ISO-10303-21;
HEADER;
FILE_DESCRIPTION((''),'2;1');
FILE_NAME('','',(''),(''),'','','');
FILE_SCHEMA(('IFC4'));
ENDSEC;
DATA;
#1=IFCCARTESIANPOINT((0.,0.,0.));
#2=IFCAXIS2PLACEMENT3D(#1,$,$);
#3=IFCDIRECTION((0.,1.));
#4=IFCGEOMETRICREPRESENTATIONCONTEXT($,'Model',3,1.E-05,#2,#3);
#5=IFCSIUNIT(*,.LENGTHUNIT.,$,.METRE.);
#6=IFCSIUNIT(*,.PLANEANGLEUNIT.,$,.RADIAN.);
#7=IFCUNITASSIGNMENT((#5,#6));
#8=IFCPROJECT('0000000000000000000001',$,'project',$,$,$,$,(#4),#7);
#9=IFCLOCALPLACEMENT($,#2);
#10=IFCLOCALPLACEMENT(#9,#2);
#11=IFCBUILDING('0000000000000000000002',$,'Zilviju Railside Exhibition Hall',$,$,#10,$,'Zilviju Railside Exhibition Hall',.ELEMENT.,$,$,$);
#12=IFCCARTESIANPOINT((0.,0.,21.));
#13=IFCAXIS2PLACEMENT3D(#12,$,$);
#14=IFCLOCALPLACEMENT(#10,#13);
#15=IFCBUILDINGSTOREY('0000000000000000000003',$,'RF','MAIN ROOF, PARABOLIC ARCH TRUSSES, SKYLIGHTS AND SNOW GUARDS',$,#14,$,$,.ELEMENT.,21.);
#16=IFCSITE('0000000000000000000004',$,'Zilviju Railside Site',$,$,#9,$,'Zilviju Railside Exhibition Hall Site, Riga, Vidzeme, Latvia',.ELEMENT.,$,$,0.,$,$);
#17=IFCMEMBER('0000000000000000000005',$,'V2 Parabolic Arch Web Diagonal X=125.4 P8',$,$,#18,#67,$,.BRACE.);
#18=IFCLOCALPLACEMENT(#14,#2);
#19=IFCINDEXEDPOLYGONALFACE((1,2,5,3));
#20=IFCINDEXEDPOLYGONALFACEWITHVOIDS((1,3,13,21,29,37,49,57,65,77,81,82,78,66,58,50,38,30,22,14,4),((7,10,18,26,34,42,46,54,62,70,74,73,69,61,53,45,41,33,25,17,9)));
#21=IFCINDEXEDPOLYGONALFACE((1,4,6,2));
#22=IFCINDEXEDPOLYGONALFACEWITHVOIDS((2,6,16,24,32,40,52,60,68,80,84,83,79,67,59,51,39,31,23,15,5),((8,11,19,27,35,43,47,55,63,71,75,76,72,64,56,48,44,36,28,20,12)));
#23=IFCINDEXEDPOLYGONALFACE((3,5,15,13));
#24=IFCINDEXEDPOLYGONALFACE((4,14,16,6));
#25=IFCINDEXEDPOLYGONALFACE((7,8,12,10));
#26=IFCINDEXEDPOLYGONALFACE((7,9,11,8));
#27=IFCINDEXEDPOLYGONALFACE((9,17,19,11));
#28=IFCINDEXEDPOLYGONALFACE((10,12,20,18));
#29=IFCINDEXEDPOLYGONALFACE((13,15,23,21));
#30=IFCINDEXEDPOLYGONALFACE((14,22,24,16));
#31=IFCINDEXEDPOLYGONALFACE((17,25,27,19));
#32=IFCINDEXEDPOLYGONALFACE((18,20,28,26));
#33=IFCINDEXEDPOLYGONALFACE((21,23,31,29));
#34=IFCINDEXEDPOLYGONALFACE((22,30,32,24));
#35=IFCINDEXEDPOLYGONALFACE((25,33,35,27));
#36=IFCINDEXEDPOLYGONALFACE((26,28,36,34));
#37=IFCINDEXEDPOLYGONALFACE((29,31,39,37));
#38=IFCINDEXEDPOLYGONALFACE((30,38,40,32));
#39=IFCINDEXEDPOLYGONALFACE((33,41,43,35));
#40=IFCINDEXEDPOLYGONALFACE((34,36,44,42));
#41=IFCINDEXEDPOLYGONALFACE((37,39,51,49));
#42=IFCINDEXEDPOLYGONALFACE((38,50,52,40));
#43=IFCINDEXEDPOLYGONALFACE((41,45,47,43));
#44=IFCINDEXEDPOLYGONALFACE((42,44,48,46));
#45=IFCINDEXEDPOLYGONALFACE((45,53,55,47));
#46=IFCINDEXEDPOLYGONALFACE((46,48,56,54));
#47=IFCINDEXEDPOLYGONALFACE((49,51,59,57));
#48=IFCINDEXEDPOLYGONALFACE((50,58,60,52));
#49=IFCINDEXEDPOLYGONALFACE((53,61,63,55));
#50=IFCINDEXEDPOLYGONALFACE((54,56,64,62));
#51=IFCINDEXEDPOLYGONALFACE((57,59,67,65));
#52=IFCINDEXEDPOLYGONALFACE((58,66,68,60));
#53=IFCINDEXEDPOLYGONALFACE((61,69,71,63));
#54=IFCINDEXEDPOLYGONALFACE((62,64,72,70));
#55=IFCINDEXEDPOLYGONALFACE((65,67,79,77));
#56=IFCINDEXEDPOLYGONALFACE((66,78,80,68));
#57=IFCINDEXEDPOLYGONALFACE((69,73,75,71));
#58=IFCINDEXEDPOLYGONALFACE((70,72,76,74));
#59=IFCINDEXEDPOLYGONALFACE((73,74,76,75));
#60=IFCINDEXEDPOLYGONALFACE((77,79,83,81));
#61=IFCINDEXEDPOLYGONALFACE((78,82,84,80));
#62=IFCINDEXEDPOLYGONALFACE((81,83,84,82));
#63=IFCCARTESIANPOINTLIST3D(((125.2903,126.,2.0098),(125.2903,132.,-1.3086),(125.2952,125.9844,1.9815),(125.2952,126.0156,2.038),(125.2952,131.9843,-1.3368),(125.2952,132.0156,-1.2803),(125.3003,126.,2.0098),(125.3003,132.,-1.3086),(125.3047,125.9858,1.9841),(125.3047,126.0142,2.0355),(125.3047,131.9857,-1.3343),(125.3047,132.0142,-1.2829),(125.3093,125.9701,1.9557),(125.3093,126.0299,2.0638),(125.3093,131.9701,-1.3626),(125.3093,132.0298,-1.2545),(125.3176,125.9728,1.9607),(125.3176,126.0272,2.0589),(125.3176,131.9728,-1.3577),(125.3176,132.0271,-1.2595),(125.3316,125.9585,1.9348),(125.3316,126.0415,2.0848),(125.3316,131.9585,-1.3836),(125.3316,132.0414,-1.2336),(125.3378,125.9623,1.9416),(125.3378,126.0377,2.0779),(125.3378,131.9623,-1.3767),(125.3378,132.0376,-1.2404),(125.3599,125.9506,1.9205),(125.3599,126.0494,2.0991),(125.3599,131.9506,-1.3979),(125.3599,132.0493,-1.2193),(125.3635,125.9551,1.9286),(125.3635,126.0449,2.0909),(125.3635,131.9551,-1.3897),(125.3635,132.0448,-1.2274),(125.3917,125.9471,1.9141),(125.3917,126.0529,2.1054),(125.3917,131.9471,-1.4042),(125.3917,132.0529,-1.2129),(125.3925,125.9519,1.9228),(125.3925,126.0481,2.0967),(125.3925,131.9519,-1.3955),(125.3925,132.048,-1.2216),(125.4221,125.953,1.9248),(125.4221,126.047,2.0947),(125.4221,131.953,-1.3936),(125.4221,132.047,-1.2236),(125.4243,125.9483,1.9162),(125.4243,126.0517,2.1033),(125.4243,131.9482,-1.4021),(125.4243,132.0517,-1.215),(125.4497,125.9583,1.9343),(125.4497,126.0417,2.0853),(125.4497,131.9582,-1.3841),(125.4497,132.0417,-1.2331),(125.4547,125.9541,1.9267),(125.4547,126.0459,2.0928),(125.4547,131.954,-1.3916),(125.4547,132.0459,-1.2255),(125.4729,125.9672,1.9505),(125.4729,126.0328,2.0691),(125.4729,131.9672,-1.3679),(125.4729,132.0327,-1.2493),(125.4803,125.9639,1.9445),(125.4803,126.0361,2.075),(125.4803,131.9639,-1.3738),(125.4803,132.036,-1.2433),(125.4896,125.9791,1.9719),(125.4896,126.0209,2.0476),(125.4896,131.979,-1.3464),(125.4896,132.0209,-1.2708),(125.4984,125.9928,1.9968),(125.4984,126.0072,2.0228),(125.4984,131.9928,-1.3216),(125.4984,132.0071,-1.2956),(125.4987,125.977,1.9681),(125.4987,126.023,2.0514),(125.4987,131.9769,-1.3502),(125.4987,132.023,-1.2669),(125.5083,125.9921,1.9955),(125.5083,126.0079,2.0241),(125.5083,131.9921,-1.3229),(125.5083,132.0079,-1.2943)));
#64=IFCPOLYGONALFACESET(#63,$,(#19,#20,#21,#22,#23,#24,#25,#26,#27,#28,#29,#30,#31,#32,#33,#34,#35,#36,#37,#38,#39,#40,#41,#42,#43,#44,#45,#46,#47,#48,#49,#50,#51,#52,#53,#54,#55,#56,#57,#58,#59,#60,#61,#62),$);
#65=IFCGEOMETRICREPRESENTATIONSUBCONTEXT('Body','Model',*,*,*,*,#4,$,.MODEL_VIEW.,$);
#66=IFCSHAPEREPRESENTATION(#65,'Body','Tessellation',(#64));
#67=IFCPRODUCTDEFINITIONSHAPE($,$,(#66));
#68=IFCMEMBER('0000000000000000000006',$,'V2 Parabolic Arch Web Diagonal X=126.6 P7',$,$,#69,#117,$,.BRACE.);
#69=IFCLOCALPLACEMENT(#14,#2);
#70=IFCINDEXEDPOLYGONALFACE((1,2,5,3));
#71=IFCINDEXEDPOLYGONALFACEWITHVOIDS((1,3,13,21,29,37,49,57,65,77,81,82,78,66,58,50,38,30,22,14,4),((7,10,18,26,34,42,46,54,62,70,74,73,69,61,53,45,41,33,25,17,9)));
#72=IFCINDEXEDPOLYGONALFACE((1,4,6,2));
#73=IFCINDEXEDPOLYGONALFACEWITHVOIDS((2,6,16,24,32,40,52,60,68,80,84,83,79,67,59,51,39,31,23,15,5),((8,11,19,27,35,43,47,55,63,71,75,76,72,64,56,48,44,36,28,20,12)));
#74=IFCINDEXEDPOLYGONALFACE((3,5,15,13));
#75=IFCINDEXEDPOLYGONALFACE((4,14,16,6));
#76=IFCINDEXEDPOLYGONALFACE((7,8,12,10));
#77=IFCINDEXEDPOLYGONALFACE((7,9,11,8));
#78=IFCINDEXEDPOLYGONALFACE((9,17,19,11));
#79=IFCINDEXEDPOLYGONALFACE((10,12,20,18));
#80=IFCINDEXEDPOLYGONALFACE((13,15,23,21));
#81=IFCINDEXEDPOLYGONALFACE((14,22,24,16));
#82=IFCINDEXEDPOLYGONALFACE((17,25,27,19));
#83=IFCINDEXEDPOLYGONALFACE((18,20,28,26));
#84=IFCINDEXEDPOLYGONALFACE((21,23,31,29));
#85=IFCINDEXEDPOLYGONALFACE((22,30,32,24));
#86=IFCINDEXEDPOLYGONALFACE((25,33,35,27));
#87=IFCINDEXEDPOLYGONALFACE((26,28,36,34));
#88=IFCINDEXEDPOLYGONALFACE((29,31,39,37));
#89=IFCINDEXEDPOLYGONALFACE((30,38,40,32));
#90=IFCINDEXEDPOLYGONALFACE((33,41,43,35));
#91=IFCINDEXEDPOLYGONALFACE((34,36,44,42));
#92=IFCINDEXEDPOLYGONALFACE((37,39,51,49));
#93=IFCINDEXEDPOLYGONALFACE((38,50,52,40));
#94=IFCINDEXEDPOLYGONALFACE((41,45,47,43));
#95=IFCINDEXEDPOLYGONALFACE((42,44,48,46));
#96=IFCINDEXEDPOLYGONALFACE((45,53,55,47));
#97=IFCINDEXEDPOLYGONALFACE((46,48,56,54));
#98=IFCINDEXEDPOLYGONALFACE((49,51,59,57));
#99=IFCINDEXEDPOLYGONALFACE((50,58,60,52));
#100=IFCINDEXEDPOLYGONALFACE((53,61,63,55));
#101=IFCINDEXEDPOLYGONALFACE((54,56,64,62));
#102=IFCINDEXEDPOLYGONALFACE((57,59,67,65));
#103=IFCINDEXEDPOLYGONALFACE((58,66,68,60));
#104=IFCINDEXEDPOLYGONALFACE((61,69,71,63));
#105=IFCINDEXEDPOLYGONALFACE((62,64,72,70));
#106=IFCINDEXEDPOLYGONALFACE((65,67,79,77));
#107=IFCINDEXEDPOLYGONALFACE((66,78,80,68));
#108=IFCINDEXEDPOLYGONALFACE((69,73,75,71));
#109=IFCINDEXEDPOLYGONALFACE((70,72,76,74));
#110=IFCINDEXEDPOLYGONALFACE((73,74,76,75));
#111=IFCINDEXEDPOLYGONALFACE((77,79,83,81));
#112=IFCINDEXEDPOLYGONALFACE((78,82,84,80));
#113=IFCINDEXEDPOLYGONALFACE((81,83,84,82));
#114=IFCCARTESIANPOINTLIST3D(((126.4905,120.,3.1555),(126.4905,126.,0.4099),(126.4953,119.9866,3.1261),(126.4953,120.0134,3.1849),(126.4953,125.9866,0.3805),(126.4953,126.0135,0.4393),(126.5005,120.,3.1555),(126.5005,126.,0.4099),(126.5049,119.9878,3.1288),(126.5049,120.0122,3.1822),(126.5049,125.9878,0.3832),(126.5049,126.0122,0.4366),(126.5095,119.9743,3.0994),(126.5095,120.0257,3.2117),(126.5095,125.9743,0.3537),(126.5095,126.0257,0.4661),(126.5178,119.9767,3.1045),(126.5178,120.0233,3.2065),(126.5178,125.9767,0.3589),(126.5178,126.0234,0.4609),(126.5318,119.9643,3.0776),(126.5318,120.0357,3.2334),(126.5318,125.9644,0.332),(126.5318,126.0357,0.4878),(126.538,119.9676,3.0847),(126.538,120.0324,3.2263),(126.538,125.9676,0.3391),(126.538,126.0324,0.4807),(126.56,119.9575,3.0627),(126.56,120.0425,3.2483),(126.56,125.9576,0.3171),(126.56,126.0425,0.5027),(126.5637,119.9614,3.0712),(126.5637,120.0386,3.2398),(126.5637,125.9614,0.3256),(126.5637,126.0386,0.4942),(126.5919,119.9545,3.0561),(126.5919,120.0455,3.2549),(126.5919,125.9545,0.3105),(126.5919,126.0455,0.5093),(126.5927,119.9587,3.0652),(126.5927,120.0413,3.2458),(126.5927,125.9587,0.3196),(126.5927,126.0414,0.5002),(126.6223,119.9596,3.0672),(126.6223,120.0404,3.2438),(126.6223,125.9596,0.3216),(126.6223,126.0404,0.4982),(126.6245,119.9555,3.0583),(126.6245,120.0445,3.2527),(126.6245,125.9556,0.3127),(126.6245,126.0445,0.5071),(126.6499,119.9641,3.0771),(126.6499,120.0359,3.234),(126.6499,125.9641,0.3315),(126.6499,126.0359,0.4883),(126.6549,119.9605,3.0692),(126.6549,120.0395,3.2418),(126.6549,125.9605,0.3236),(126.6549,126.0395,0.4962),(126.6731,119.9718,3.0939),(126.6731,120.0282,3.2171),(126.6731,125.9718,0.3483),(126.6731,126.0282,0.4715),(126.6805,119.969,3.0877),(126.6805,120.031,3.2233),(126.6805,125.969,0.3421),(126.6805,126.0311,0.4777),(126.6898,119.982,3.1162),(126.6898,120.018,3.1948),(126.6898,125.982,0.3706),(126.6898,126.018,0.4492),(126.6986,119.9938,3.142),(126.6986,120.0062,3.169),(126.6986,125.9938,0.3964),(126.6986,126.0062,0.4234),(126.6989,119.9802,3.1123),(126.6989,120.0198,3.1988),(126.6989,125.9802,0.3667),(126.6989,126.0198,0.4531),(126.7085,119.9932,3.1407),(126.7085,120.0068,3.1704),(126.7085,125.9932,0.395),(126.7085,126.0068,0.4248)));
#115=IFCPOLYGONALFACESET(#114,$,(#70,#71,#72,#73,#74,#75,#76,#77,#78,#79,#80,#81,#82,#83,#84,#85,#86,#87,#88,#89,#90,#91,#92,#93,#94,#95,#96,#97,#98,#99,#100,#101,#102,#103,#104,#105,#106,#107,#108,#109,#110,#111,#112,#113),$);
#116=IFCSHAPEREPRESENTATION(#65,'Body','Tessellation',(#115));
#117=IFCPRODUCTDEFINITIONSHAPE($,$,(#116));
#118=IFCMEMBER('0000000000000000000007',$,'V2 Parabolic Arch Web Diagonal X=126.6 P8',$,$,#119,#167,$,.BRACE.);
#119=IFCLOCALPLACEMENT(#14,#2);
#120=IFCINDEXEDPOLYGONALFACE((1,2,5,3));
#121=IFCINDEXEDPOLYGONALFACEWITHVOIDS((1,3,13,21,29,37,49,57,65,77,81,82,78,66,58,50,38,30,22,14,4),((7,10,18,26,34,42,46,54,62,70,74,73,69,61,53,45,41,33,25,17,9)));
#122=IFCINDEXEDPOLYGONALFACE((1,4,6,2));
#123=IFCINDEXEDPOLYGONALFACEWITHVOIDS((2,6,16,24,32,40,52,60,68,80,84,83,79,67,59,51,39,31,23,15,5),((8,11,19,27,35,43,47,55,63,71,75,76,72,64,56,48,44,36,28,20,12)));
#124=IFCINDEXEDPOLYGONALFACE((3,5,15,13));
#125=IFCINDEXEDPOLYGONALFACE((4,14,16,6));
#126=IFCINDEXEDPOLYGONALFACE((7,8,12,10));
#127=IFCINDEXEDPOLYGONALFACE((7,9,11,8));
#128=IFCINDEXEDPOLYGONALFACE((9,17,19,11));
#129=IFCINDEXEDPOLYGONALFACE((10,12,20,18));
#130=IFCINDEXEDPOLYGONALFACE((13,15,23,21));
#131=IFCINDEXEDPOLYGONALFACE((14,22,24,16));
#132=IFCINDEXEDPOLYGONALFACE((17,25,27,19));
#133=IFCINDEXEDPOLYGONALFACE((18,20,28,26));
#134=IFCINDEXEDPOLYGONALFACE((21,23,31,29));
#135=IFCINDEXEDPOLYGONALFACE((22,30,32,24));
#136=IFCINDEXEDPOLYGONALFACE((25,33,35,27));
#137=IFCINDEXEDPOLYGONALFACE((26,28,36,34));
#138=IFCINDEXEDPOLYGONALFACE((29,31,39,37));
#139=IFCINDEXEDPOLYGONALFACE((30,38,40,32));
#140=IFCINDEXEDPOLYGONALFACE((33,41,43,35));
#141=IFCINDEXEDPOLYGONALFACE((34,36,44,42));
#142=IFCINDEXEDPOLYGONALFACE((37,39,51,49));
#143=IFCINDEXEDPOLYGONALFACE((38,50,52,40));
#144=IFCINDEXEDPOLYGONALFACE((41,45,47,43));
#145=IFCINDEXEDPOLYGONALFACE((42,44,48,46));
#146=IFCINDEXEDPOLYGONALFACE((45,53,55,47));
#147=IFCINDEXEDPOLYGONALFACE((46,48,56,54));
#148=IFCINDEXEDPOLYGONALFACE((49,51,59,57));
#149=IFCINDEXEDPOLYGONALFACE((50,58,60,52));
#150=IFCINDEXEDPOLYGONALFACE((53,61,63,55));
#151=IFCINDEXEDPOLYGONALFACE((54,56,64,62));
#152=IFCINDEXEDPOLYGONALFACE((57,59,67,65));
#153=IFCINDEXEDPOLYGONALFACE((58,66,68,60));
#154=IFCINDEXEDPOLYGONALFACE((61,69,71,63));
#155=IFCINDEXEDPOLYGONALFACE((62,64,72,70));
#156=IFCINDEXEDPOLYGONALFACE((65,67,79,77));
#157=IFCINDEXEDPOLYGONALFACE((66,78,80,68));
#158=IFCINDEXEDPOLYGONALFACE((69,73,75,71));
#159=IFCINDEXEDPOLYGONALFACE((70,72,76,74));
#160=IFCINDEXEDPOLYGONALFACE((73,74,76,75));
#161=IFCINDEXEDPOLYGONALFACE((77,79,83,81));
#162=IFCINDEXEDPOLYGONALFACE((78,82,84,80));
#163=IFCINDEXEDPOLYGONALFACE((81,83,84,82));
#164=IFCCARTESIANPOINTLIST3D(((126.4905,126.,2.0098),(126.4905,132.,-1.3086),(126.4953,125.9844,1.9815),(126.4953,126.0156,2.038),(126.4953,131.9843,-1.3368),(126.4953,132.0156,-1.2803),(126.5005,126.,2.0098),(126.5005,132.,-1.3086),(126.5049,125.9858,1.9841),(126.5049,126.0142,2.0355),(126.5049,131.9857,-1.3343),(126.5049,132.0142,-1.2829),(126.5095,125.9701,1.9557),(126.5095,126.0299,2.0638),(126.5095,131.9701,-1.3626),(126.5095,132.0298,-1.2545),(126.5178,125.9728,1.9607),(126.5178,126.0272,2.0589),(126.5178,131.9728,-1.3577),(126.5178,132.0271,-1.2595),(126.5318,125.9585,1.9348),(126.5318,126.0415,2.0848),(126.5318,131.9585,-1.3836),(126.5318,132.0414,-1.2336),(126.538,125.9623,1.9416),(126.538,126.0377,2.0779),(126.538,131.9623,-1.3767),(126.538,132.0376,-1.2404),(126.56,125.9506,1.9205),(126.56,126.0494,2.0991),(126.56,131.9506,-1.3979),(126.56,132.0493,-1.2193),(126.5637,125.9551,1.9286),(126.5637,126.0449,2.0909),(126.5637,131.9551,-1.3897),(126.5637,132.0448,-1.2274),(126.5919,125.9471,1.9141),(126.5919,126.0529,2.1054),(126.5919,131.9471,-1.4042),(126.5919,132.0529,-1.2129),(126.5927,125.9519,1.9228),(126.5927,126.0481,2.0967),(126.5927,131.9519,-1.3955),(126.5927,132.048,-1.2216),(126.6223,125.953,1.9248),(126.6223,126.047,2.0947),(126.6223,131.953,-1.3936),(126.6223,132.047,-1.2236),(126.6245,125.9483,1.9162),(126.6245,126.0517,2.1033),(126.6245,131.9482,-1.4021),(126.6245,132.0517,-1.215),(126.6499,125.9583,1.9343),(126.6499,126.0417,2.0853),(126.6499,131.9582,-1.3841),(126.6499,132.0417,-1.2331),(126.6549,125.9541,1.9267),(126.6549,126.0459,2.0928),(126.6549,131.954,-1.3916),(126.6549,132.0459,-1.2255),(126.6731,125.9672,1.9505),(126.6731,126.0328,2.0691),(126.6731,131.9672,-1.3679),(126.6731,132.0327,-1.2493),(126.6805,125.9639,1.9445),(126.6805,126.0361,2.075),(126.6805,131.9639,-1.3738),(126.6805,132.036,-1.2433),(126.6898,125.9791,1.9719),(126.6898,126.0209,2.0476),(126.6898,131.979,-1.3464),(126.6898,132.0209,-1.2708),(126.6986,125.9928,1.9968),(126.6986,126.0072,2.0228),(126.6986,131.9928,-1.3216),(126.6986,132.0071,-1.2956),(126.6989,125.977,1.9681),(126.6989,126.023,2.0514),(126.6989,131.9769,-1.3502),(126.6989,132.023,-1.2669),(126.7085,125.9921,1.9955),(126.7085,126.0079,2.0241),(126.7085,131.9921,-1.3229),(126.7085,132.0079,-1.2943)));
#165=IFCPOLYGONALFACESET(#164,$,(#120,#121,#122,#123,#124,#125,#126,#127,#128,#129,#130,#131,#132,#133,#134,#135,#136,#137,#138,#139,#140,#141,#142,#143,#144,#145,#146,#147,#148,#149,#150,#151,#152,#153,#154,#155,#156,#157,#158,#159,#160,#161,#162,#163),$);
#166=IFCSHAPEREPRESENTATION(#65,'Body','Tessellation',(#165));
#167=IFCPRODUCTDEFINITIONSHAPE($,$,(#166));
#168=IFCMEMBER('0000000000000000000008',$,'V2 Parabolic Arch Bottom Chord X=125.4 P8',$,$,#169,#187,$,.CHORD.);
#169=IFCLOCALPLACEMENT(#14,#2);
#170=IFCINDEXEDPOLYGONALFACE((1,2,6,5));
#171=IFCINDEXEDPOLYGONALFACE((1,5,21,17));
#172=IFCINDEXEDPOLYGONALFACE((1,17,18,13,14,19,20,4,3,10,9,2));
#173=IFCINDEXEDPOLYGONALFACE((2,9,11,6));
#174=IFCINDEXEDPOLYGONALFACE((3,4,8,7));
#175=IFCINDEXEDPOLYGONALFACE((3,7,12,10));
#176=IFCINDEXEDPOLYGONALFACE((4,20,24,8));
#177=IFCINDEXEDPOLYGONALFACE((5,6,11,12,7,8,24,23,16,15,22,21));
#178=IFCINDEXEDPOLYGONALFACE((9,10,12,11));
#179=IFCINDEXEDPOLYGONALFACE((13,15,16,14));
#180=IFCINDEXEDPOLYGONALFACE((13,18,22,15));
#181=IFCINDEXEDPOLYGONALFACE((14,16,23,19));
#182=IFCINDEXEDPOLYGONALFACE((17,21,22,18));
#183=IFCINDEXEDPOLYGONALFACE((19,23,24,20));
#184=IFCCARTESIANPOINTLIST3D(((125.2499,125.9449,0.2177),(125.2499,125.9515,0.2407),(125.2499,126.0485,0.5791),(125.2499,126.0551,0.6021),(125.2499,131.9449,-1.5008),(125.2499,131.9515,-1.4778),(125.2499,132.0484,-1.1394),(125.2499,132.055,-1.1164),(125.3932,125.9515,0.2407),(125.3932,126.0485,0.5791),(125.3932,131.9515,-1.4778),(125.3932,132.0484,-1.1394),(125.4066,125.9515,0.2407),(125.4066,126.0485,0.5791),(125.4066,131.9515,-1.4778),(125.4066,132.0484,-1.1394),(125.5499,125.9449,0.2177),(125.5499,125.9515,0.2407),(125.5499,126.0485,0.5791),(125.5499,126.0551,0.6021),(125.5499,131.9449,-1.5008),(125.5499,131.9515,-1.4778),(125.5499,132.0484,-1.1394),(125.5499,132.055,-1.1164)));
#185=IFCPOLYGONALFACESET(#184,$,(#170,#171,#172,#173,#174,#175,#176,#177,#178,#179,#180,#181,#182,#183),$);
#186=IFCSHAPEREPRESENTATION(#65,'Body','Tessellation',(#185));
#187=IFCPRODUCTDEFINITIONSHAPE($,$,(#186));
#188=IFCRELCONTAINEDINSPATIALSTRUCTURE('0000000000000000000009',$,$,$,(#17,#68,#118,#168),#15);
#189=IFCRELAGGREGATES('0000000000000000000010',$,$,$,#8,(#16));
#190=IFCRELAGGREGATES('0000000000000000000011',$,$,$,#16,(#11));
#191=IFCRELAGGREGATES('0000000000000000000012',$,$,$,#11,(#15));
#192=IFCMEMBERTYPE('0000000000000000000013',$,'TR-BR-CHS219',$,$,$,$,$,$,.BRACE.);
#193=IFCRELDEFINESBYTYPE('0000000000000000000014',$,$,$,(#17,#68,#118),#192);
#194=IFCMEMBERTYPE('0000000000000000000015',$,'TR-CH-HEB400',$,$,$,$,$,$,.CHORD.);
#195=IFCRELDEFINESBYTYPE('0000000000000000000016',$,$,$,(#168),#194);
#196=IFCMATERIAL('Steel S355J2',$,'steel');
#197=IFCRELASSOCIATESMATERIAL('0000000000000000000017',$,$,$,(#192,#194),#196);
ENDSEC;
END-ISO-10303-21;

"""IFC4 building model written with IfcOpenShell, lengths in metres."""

from ifc_helpers import new_model, si_unit, direction, frame, origin, origin_2d, place, context, subcontext, project, spatial, hollow_circle, i_section, extrude, material, material_profile, profile_set, type_object, element, save


model = new_model("IFC4")

# Units and contexts
model_context = context("Model", 3, precision=1e-05, world=origin(), true_north=direction((0.0, 1.0)))
body_context = subcontext(model_context, "Body", "Model", "MODEL_VIEW")
ifc_project = project(units=[si_unit("LENGTHUNIT", "METRE"), si_unit("PLANEANGLEUNIT", "RADIAN")], contexts=[model_context])

# Site, building, storey
site_placement = place(None, origin())
site = spatial("IfcSite", under=ifc_project, at=site_placement, Name="Zilviju Railside Site", LongName="Zilviju Railside Exhibition Hall Site, Riga, Vidzeme, Latvia", CompositionType="ELEMENT", RefElevation=0.0)
building_placement = place(site_placement, origin())
building = spatial("IfcBuilding", under=site, at=building_placement, Name="Zilviju Railside Exhibition Hall", LongName="Zilviju Railside Exhibition Hall", CompositionType="ELEMENT")
storey_placement = place(building_placement, frame((0.0, 0.0, 21.0)))
storey = spatial("IfcBuildingStorey", under=building, at=storey_placement, Name="RF", Description="MAIN ROOF, PARABOLIC ARCH TRUSSES, SKYLIGHTS AND SNOW GUARDS", CompositionType="ELEMENT", Elevation=21.0)

# Members
ifc_material_1 = material(Name="Steel S355J2", Category="steel")
ifc_material_profile_1 = material_profile(ifc_material_1, hollow_circle(Radius=0.1096, WallThickness=0.01, at=origin_2d()), Name="CHS 219.1x10.0")
ifc_profile_set_1 = profile_set([ifc_material_profile_1], Name="Steel S355J2")
member_type_1 = type_object("IfcMemberType", Name="TR-BR-CHS219", PredefinedType="BRACE", material=ifc_profile_set_1)
member_1_placement = place(storey_placement, frame((125.3999, 126.0, 2.0098), z_axis=(0.0, 0.875083, -0.483973), x_axis=(-1.0, 0.0, 0.0)))
element("IfcMember", 1, at=member_1_placement, inside=storey, type_object=member_type_1, Name="V2 Parabolic Arch Web Diagonal X=125.4 P8", PredefinedType="BRACE", context=body_context, shape_type="SweptSolid", body=[
    extrude(hollow_circle(Radius=0.1096, WallThickness=0.01, at=origin_2d()), origin(), (0.0, 0.0, 1.0), 6.8564),
])
member_2_placement = place(storey_placement, frame((126.6001, 120.0, 3.1555), z_axis=(0.0, 0.909317, -0.416104), x_axis=(-1.0, 0.0, 0.0)))
element("IfcMember", 2, at=member_2_placement, inside=storey, type_object=member_type_1, Name="V2 Parabolic Arch Web Diagonal X=126.6 P7", PredefinedType="BRACE", context=body_context, shape_type="SweptSolid", body=[
    extrude(hollow_circle(Radius=0.1096, WallThickness=0.01, at=origin_2d()), origin(), (0.0, 0.0, 1.0), 6.5984),
])
member_3_placement = place(storey_placement, frame((126.6001, 126.0, 2.0098), z_axis=(0.0, 0.875083, -0.483973), x_axis=(-1.0, 0.0, 0.0)))
element("IfcMember", 3, at=member_3_placement, inside=storey, type_object=member_type_1, Name="V2 Parabolic Arch Web Diagonal X=126.6 P8", PredefinedType="BRACE", context=body_context, shape_type="SweptSolid", body=[
    extrude(hollow_circle(Radius=0.1096, WallThickness=0.01, at=origin_2d()), origin(), (0.0, 0.0, 1.0), 6.8564),
])
ifc_material_profile_2 = material_profile(ifc_material_1, i_section(OverallWidth=0.3, OverallDepth=0.3999, WebThickness=0.0134, FlangeThickness=0.0239, at=origin_2d()), Name="HEB 400")
ifc_profile_set_2 = profile_set([ifc_material_profile_2], Name="Steel S355J2")
member_type_2 = type_object("IfcMemberType", Name="TR-CH-HEB400", PredefinedType="CHORD", material=ifc_profile_set_2)
member_4_placement = place(storey_placement, frame((125.3999, 126.0, 0.4099), z_axis=(0.0, 0.961345, -0.275346), x_axis=(-1.0, 0.0, 0.0)))
element("IfcMember", 4, at=member_4_placement, inside=storey, type_object=member_type_2, Name="V2 Parabolic Arch Bottom Chord X=125.4 P8", PredefinedType="CHORD", context=body_context, shape_type="SweptSolid", body=[
    extrude(i_section(OverallWidth=0.3, OverallDepth=0.3999, WebThickness=0.0134, FlangeThickness=0.0239, at=origin_2d()), origin(), (0.0, 0.0, 1.0), 6.2412),
])

save(model, "model.ifc")
